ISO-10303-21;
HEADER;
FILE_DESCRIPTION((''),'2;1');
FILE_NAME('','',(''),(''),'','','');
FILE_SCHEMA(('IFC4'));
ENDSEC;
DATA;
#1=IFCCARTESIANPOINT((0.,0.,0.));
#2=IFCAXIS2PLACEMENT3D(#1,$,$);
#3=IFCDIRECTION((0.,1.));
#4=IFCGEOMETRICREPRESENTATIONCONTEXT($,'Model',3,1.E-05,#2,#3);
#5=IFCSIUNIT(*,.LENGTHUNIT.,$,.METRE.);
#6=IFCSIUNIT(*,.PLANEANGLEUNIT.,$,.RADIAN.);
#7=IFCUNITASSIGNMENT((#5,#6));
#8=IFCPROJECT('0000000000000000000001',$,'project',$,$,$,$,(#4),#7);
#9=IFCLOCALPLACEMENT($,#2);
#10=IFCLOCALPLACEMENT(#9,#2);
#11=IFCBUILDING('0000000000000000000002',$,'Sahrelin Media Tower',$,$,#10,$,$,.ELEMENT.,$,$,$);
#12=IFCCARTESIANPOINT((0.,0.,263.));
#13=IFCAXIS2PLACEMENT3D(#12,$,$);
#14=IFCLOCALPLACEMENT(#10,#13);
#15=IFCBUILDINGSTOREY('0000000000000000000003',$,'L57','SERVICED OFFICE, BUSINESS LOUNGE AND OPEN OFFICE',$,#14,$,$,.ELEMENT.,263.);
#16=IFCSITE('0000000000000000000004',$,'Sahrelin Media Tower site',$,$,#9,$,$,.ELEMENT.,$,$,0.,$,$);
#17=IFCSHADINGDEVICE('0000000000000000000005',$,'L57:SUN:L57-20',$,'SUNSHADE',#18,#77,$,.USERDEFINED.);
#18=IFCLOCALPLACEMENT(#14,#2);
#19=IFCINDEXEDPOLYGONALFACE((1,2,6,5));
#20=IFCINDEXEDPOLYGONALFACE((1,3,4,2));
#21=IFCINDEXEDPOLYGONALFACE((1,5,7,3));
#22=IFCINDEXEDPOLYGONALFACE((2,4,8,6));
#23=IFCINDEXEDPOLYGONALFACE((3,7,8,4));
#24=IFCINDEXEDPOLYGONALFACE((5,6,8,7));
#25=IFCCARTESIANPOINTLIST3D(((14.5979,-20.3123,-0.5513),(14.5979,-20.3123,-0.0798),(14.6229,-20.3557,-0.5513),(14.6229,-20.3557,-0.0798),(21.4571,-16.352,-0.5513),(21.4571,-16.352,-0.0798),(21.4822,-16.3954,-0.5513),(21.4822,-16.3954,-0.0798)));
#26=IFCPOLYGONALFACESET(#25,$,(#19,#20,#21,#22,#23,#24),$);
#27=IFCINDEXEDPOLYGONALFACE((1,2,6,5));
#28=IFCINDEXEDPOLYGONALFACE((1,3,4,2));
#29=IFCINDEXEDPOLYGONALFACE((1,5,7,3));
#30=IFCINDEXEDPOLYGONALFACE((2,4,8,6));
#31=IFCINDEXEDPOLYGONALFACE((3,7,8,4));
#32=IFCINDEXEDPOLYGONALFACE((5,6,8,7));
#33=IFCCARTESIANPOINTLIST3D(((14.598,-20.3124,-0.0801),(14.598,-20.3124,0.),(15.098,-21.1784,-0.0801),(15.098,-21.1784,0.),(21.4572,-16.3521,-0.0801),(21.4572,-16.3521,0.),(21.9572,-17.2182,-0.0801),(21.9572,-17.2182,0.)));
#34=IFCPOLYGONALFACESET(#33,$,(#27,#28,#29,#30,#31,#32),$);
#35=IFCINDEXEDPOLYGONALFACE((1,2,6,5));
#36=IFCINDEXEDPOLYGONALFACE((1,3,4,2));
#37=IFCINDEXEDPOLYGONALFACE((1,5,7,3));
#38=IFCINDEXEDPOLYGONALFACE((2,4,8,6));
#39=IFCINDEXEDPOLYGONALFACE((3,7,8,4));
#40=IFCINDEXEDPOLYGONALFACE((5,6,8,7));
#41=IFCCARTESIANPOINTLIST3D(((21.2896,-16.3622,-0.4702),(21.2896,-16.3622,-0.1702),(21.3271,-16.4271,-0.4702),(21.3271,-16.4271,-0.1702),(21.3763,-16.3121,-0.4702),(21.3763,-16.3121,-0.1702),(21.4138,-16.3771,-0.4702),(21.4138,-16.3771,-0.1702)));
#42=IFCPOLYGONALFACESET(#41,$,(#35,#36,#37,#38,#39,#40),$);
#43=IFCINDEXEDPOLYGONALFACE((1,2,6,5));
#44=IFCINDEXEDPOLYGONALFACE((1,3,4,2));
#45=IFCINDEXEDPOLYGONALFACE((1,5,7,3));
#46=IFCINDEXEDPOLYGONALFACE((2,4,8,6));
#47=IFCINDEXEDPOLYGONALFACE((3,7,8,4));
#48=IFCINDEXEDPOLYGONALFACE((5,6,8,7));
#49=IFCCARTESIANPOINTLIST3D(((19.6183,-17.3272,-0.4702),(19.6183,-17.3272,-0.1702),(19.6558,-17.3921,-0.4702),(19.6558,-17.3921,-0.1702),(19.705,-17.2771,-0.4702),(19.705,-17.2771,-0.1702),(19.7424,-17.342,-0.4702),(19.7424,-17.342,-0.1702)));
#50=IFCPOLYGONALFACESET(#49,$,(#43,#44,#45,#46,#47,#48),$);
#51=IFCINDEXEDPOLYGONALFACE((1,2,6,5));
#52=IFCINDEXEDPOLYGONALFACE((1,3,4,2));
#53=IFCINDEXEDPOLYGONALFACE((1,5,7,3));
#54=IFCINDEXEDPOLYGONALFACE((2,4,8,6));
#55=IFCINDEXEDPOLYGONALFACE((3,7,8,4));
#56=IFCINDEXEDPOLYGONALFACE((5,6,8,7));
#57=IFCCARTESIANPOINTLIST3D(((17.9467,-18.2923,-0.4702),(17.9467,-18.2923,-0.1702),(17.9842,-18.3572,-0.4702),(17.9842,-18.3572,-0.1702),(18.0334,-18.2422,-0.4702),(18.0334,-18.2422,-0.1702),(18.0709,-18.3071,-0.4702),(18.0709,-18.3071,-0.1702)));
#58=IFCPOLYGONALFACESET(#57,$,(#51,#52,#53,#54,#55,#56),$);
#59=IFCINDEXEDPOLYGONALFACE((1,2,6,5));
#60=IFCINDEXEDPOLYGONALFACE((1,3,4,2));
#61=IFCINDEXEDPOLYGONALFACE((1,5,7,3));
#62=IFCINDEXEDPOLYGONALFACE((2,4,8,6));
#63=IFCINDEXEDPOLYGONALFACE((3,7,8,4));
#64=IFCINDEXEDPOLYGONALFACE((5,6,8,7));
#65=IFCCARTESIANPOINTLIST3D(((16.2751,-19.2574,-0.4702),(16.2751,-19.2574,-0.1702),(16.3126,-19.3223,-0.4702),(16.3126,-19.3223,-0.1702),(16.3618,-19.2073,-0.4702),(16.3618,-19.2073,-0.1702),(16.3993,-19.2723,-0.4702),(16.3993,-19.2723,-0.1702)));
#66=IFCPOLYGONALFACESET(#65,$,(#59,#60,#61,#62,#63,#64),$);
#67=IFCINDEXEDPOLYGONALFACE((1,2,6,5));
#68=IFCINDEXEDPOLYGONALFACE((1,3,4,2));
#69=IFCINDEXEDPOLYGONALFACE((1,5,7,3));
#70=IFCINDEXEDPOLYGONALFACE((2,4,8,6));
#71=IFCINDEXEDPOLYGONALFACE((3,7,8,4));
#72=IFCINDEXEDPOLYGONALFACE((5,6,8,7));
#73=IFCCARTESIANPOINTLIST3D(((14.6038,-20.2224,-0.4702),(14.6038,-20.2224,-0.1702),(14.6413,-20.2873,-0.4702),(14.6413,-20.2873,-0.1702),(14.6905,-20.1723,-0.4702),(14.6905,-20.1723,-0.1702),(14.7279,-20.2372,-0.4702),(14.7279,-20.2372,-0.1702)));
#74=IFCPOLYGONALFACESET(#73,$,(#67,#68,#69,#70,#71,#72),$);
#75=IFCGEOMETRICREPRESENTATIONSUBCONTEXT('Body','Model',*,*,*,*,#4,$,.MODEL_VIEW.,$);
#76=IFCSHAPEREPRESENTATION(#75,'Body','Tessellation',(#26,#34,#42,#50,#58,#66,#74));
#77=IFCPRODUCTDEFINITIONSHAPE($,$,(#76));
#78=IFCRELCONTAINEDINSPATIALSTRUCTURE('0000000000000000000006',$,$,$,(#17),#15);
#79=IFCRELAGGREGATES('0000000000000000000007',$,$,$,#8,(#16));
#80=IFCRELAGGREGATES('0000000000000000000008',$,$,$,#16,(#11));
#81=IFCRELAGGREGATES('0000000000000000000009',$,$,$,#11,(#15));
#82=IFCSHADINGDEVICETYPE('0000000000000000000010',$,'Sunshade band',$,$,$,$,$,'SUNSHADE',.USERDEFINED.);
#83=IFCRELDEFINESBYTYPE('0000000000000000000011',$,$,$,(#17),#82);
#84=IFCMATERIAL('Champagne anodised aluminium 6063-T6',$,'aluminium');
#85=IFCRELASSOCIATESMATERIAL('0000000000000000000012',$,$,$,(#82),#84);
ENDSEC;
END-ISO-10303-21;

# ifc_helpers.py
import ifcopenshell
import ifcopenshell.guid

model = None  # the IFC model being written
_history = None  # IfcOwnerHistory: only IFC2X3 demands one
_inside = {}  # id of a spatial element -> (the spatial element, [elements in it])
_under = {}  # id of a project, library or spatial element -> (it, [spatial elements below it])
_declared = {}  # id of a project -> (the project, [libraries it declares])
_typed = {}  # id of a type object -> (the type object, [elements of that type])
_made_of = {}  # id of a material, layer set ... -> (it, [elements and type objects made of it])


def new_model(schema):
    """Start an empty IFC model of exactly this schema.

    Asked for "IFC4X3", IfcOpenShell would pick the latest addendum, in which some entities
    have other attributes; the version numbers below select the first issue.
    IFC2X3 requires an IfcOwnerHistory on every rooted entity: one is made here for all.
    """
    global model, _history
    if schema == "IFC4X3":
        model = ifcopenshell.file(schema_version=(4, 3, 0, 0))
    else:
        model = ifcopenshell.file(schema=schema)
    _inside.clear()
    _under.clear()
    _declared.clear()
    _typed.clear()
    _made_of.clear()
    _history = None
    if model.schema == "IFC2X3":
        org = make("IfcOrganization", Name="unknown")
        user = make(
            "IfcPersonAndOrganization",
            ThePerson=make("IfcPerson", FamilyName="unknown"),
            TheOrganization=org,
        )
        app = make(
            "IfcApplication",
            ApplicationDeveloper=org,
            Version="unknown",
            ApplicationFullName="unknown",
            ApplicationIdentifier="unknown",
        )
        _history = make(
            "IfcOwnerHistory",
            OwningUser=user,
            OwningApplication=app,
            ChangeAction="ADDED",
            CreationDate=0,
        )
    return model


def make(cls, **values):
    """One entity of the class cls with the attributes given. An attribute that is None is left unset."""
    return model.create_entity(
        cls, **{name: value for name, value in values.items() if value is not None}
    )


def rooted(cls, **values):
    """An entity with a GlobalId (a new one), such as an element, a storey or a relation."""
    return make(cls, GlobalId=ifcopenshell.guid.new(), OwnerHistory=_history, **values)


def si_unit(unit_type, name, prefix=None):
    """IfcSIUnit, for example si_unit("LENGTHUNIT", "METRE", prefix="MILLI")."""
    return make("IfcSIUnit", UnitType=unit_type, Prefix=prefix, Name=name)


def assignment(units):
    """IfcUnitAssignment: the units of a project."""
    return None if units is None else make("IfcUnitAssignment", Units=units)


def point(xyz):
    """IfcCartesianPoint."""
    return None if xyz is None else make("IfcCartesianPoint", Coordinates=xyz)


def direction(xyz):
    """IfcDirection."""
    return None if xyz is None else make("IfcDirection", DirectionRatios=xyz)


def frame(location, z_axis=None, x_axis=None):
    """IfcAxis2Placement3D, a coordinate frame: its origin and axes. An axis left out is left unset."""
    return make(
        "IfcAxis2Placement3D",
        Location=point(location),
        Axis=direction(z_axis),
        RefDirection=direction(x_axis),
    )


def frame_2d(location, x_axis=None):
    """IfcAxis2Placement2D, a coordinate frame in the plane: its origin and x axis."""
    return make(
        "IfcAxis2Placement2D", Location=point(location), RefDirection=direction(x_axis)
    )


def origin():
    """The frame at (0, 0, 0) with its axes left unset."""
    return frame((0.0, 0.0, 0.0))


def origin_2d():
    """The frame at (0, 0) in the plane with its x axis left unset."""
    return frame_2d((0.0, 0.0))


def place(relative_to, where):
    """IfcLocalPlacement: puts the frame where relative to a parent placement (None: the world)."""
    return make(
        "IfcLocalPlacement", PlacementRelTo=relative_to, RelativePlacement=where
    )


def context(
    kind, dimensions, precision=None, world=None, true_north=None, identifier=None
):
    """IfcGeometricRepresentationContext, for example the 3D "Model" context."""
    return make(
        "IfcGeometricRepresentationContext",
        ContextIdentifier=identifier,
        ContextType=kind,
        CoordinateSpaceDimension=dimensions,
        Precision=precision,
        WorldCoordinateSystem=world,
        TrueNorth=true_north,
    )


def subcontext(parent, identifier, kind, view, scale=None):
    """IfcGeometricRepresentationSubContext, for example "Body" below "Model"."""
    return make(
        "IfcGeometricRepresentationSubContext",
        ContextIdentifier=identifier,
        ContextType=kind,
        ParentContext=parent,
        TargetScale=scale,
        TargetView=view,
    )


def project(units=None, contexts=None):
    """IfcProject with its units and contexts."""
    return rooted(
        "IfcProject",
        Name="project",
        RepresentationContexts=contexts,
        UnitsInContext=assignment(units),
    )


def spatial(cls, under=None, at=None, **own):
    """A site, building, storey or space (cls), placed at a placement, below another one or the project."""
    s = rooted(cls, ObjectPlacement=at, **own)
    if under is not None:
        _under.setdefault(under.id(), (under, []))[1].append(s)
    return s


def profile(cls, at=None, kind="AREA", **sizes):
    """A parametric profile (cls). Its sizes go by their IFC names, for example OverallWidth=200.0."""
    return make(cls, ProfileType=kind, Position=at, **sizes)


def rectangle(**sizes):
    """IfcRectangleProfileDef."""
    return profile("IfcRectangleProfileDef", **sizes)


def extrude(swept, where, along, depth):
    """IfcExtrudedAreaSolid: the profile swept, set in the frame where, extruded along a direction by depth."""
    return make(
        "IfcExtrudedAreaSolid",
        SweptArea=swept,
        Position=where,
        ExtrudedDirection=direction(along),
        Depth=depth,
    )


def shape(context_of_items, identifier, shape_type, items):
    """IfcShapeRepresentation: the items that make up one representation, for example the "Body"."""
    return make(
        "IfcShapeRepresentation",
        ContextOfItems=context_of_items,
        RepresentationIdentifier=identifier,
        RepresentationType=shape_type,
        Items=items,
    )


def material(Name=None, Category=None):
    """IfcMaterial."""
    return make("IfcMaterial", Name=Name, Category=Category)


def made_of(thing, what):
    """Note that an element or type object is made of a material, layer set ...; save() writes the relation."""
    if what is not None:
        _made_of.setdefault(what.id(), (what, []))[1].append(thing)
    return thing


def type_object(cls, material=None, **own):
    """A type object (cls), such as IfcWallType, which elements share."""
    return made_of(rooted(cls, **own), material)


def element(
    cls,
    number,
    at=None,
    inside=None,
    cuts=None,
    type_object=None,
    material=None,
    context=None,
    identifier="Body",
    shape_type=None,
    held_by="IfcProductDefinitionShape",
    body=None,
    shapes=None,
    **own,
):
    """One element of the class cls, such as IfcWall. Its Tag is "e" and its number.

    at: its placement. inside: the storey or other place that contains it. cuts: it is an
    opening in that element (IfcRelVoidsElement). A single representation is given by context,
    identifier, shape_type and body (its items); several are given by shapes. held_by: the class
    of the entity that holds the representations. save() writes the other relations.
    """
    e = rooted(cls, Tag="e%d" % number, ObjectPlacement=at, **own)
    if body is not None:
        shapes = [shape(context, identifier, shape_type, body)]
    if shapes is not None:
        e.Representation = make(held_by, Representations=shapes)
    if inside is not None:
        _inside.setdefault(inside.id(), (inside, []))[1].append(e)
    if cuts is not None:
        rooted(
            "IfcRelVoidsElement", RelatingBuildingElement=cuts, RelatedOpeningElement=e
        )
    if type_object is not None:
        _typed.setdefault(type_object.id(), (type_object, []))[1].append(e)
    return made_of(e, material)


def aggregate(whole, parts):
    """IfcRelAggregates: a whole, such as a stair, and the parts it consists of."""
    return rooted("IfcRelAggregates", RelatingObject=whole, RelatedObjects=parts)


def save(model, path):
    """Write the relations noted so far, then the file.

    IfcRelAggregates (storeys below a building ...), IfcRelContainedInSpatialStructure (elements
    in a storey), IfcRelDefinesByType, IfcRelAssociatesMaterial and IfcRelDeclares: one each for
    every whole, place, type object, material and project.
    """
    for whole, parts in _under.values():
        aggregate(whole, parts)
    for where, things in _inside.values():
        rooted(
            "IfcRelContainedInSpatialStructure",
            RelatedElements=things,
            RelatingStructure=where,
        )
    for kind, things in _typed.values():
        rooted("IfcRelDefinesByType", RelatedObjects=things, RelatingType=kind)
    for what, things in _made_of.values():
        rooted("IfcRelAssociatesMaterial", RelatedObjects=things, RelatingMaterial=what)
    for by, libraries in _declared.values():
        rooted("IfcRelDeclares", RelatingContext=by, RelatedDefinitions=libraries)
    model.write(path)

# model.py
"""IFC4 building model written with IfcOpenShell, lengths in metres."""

from ifc_helpers import new_model, si_unit, direction, frame, origin, origin_2d, place, context, subcontext, project, spatial, rectangle, extrude, material, type_object, element, save


model = new_model("IFC4")

# Units and contexts
model_context = context("Model", 3, precision=1e-05, world=origin(), true_north=direction((0.0, 1.0)))
body_context = subcontext(model_context, "Body", "Model", "MODEL_VIEW")
ifc_project = project(units=[si_unit("LENGTHUNIT", "METRE"), si_unit("PLANEANGLEUNIT", "RADIAN")], contexts=[model_context])

# Site, building, storey
site_placement = place(None, origin())
site = spatial("IfcSite", under=ifc_project, at=site_placement, Name="Sahrelin Media Tower site", CompositionType="ELEMENT", RefElevation=0.0)
building_placement = place(site_placement, origin())
building = spatial("IfcBuilding", under=site, at=building_placement, Name="Sahrelin Media Tower", CompositionType="ELEMENT")
storey_placement = place(building_placement, frame((0.0, 0.0, 263.0)))
storey = spatial("IfcBuildingStorey", under=building, at=storey_placement, Name="L57", Description="SERVICED OFFICE, BUSINESS LOUNGE AND OPEN OFFICE", CompositionType="ELEMENT", Elevation=263.0)

# Shared definitions
ifc_material_1 = material(Name="Champagne anodised aluminium 6063-T6", Category="aluminium")

# Shared definitions
placement = place(storey_placement, frame((18.0176, -18.3149, 0.0), z_axis=(0.0, 0.0, 1.0), x_axis=(-0.866019, -0.500011, 0.0)))

# Shading device
shading_device_type_1 = type_object("IfcShadingDeviceType", Name="Sunshade band", ElementType="SUNSHADE", PredefinedType="USERDEFINED", material=ifc_material_1)
element("IfcShadingDevice", 1, at=placement, inside=storey, type_object=shading_device_type_1, Name="L57:SUN:L57-20", ObjectType="SUNSHADE", PredefinedType="USERDEFINED", context=body_context, shape_type="SweptSolid", body=[
    extrude(rectangle(XDim=7.9204, YDim=0.05, at=origin_2d()), frame((0.0, 0.0449, -0.5513)), (0.0, 0.0, 1.0), 0.4714),
    extrude(rectangle(XDim=7.9204, YDim=1.0, at=origin_2d()), frame((0.0, 0.52, -0.0801)), (0.0, 0.0, 1.0), 0.0801),
    extrude(rectangle(XDim=0.1001, YDim=0.075, at=origin_2d()), frame((-3.8601, -0.0176, -0.4702)), (0.0, 0.0, 1.0), 0.3),
    extrude(rectangle(XDim=0.1001, YDim=0.075, at=origin_2d()), frame((-1.9302, -0.0176, -0.4702)), (0.0, 0.0, 1.0), 0.3),
    extrude(rectangle(XDim=0.1001, YDim=0.075, at=origin_2d()), frame((0.0, -0.0176, -0.4702)), (0.0, 0.0, 1.0), 0.3),
    extrude(rectangle(XDim=0.1001, YDim=0.075, at=origin_2d()), frame((1.9302, -0.0176, -0.4702)), (0.0, 0.0, 1.0), 0.3),
    extrude(rectangle(XDim=0.1001, YDim=0.075, at=origin_2d()), frame((3.8601, -0.0176, -0.4702)), (0.0, 0.0, 1.0), 0.3),
])

save(model, "model.ifc")
